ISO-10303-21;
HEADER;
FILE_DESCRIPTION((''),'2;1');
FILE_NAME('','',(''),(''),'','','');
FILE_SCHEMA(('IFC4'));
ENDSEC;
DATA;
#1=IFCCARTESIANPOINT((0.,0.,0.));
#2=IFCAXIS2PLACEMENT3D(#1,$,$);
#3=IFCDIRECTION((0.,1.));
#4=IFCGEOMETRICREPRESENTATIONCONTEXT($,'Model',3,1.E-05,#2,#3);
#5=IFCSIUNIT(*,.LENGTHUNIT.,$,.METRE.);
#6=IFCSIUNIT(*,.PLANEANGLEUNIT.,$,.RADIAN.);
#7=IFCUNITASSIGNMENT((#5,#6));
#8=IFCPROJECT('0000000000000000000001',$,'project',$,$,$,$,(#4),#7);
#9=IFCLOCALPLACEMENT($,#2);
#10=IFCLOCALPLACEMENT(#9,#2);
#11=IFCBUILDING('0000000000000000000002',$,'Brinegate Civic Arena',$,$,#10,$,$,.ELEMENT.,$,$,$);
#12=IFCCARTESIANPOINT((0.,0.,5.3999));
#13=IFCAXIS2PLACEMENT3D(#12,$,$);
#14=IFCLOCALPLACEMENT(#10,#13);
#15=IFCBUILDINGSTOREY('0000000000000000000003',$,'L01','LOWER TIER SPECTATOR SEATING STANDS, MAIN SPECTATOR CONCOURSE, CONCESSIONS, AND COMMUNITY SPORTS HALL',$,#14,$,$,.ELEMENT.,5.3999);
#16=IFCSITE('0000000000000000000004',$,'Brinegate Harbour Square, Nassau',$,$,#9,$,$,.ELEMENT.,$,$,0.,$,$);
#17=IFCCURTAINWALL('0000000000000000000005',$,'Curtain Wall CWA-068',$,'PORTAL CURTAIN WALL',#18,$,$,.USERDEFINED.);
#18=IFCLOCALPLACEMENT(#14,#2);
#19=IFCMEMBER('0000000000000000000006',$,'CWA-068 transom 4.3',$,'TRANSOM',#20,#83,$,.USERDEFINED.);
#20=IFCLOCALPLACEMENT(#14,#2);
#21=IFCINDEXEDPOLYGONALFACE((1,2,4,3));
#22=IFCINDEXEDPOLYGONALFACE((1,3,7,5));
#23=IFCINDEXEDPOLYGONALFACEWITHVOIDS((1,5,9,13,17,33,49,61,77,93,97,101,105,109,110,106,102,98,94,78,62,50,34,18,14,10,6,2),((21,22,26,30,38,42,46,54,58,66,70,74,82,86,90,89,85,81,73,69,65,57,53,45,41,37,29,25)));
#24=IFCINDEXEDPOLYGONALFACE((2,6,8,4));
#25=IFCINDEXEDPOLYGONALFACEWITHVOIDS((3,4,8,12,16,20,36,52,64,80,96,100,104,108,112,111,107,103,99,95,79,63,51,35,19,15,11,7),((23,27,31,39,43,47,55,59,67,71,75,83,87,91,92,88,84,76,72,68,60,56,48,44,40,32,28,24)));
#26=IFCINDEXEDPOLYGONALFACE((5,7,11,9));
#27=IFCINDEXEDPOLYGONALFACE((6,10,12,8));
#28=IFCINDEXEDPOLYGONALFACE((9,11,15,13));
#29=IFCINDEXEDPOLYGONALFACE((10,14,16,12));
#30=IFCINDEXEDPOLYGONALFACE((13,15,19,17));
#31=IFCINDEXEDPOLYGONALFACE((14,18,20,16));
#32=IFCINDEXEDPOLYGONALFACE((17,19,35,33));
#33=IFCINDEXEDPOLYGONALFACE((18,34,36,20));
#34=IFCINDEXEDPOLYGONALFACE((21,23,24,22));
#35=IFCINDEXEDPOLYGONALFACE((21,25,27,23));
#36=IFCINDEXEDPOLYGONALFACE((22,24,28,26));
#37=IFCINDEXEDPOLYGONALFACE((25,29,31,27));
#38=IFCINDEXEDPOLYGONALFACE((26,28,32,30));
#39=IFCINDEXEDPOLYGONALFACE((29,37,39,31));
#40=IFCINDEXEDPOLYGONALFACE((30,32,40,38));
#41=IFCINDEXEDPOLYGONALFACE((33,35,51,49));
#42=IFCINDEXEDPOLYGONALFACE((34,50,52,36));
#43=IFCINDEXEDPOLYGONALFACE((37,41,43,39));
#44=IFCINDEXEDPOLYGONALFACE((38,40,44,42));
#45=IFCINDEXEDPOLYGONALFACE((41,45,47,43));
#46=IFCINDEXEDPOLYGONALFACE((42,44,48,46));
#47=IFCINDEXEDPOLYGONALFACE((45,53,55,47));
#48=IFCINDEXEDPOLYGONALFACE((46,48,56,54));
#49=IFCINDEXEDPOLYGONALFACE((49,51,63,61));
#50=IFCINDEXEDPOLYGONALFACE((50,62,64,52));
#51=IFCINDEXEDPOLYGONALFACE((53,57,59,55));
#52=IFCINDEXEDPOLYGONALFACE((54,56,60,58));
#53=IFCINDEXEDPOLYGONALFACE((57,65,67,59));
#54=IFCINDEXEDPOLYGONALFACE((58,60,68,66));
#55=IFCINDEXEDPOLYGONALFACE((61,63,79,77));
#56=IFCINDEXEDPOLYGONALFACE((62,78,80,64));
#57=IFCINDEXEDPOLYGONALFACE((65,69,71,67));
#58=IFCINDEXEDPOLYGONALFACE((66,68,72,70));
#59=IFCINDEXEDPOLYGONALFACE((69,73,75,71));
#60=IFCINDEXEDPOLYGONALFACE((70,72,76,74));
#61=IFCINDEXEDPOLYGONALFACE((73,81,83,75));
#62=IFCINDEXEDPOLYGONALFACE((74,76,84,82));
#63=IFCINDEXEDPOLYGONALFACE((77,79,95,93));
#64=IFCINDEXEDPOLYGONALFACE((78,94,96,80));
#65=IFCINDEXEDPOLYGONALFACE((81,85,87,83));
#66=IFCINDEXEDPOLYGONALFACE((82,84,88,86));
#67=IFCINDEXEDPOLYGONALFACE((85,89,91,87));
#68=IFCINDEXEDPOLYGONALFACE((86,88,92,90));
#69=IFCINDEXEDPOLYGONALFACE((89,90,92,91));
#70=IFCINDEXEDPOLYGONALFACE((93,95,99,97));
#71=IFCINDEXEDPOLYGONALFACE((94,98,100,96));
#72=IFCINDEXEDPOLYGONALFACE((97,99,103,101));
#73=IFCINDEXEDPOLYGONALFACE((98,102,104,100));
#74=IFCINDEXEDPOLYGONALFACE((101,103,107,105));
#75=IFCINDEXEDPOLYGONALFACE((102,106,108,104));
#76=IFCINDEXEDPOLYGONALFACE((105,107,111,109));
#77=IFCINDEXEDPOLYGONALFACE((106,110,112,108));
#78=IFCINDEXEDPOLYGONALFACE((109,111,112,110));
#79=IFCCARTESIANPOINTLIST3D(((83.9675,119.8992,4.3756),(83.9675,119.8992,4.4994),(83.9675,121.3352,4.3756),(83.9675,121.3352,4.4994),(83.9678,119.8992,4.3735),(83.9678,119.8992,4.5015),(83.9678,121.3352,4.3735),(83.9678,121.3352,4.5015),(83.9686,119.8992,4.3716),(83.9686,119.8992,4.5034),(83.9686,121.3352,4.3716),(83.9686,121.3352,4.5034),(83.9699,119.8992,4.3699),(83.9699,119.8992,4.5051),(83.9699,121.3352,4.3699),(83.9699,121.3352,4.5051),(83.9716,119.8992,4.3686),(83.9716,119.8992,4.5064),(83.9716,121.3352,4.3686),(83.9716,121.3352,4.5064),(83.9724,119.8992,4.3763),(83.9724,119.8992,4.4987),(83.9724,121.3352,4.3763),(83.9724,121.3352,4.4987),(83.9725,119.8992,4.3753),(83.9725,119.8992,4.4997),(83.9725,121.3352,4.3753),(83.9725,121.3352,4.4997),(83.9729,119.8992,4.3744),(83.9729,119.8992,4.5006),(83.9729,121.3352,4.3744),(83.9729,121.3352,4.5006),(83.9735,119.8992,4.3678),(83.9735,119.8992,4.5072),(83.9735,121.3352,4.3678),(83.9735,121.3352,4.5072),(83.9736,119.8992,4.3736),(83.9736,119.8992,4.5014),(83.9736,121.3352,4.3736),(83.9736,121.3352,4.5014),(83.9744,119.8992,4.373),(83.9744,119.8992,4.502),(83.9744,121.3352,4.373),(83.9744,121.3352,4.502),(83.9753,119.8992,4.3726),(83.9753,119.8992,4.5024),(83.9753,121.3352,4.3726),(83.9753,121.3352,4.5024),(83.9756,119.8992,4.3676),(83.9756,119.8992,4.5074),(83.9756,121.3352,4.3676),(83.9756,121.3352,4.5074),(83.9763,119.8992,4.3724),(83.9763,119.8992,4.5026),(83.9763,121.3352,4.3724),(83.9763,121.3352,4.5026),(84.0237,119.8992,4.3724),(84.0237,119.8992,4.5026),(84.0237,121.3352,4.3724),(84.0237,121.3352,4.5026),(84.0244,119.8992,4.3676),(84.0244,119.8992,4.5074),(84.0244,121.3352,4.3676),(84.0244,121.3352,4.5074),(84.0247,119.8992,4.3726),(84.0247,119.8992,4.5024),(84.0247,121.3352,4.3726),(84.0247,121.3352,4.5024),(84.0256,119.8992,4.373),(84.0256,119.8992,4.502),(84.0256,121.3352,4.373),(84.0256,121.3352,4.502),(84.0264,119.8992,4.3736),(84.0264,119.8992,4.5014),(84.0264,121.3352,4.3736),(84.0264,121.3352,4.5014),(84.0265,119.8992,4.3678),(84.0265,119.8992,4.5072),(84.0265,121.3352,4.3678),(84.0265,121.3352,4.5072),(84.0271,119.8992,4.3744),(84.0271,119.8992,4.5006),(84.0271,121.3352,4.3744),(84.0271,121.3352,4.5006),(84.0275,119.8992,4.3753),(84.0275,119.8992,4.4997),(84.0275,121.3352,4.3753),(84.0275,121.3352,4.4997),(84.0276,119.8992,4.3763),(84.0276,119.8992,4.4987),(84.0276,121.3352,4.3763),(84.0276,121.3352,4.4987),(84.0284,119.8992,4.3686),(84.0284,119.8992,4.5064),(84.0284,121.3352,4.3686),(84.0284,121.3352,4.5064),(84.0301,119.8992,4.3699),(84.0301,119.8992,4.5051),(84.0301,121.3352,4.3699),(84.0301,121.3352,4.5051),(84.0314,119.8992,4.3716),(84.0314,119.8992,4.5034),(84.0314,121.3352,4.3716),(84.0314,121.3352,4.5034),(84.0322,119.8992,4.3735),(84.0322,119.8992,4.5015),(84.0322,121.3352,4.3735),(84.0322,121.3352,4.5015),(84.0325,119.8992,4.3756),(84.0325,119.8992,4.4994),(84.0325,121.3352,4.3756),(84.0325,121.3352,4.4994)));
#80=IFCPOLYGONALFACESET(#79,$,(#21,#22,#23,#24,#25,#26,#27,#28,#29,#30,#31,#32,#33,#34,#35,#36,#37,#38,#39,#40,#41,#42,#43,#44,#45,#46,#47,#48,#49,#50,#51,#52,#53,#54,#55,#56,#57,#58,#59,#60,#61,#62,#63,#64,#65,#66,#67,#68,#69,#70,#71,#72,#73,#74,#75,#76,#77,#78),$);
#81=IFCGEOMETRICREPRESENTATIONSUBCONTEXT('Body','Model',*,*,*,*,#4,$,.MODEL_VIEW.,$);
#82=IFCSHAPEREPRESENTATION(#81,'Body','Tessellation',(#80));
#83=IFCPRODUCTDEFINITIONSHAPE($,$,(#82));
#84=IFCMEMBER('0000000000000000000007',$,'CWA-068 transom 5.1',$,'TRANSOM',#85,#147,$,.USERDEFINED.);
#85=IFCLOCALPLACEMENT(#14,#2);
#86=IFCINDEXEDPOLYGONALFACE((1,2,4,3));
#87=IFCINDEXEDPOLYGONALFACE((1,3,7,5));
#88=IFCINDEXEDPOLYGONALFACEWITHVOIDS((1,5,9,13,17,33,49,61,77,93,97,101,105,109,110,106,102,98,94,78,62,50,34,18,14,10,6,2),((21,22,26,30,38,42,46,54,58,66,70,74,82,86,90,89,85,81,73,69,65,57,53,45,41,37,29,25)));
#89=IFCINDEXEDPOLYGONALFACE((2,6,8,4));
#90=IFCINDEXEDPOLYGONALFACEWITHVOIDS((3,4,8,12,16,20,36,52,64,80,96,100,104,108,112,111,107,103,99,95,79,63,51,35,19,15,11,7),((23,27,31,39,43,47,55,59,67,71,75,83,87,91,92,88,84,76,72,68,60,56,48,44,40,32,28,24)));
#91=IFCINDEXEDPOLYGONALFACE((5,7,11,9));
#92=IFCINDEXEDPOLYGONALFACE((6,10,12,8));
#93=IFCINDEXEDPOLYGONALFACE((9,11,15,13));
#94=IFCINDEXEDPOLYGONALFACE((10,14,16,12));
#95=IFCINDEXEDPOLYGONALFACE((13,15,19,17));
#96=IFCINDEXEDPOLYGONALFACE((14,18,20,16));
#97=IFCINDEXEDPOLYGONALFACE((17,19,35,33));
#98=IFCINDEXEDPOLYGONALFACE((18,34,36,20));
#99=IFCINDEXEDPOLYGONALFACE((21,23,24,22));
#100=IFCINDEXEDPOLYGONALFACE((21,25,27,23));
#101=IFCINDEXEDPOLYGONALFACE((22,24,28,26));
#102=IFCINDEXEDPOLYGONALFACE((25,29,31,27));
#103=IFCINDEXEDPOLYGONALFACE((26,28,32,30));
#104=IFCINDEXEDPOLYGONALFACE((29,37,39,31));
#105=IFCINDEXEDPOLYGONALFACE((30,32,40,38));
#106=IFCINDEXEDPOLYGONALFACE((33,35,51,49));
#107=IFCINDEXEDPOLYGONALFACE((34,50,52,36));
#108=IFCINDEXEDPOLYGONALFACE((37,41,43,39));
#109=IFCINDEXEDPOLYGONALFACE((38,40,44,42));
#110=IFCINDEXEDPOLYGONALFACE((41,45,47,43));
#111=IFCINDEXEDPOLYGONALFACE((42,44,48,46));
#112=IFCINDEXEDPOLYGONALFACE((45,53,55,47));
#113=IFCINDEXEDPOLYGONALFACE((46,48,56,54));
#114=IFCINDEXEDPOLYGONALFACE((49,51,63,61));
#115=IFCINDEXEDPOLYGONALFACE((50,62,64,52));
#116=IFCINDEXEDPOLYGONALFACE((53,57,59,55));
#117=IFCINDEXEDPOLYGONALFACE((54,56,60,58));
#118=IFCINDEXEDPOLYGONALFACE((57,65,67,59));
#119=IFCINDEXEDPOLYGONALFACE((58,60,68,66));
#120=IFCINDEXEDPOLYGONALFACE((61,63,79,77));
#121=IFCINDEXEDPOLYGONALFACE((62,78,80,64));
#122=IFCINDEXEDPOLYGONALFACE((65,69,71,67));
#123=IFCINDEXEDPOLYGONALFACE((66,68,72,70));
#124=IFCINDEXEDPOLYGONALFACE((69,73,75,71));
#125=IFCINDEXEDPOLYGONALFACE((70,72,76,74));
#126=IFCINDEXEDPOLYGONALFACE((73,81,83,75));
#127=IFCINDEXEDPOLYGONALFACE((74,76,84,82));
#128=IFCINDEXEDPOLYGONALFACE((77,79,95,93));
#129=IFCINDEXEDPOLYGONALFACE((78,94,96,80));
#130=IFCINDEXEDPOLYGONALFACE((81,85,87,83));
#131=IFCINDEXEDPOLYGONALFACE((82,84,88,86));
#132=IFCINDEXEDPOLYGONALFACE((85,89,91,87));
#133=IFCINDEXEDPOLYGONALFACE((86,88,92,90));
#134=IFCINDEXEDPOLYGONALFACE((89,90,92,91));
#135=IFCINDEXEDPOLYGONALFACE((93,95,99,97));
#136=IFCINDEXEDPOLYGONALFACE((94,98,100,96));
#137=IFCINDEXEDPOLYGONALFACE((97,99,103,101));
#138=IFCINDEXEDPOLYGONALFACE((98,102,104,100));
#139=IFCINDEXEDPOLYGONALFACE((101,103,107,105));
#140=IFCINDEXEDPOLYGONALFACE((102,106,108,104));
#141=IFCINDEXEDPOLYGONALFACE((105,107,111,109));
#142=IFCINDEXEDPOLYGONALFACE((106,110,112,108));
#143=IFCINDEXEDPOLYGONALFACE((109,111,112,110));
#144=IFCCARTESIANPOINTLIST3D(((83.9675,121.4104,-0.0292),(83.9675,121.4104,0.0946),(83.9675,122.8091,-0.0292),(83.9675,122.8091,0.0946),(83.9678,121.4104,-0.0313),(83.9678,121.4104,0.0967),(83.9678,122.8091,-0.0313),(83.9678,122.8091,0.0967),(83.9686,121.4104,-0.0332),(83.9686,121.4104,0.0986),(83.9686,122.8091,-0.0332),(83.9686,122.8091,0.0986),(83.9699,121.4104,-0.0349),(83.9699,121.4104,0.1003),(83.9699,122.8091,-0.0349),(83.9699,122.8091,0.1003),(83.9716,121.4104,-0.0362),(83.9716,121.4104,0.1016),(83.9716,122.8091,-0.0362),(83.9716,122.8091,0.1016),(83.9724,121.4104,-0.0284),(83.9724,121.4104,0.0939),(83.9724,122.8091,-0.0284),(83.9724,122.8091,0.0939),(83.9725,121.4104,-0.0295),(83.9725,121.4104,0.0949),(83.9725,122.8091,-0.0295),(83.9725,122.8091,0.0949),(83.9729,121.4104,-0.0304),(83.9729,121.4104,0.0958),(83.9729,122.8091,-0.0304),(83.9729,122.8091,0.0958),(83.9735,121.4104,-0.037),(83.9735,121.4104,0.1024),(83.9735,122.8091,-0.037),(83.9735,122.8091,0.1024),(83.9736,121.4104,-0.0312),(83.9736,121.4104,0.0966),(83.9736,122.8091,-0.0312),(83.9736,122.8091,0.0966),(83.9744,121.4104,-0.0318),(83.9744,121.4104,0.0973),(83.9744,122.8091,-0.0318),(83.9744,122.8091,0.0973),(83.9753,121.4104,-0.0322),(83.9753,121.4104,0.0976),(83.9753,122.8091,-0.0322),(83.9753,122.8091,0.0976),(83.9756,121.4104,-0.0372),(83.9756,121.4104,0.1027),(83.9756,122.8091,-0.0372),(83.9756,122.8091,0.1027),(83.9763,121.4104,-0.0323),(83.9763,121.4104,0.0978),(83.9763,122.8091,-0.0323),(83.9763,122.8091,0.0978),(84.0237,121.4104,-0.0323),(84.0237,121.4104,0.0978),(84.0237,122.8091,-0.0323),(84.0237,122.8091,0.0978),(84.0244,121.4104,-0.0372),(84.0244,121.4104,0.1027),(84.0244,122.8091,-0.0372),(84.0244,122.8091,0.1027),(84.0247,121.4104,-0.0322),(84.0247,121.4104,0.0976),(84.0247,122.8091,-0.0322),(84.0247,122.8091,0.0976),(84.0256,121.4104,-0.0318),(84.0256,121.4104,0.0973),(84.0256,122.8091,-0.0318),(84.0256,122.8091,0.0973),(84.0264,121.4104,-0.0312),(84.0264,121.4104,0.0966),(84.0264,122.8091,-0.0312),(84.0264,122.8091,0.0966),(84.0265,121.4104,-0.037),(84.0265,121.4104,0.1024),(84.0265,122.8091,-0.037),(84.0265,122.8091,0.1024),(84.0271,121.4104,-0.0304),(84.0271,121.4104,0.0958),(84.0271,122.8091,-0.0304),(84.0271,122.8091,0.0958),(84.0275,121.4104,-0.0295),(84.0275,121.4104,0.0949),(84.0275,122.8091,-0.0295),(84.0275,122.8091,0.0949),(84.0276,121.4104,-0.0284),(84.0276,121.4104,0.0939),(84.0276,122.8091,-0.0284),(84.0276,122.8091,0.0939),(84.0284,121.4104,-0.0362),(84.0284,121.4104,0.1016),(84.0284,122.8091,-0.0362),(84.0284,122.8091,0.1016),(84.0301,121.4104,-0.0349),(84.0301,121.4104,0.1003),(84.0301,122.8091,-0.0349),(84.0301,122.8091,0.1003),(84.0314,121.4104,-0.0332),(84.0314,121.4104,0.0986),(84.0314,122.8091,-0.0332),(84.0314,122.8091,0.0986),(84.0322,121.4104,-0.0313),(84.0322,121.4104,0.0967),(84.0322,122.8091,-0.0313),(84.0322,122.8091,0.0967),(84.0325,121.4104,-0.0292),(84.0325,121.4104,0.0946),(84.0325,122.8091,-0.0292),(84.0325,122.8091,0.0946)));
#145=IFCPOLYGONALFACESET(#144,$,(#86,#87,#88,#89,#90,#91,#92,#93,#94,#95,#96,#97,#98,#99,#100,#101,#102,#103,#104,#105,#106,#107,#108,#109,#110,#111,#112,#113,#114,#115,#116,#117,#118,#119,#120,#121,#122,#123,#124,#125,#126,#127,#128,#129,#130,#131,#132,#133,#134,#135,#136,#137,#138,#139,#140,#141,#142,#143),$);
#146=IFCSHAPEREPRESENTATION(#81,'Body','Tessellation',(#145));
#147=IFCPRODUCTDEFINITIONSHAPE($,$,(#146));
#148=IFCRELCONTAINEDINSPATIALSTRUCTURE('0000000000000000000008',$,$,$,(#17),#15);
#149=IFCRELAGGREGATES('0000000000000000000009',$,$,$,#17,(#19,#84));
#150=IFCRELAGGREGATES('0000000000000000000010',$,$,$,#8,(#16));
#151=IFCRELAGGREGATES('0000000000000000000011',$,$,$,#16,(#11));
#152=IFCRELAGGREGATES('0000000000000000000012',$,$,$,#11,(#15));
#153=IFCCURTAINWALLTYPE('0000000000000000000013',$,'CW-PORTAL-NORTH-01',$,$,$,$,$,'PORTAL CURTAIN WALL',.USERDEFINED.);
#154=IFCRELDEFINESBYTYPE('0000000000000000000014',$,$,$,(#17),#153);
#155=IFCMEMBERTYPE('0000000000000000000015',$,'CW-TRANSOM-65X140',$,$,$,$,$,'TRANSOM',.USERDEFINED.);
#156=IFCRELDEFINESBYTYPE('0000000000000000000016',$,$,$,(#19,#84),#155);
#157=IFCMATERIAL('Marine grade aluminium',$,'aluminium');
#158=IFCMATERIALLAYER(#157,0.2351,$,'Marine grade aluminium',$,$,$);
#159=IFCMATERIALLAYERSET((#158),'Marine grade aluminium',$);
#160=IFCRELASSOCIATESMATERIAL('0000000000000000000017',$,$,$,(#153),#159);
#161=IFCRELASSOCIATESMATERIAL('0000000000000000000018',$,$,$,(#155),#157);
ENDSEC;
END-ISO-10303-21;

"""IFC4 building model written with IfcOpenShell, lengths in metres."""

from ifc_helpers import new_model, si_unit, direction, frame, origin, origin_2d, place, context, subcontext, project, spatial, hollow_rectangle, extrude, material, layer, layer_set, material_profile, profile_set, type_object, element, aggregate, save


model = new_model("IFC4")

# Units and contexts
model_context = context("Model", 3, precision=1e-05, world=origin(), true_north=direction((0.0, 1.0)))
body_context = subcontext(model_context, "Body", "Model", "MODEL_VIEW")
ifc_project = project(units=[si_unit("LENGTHUNIT", "METRE"), si_unit("PLANEANGLEUNIT", "RADIAN")], contexts=[model_context])

# Site, building, storey
site_placement = place(None, origin())
site = spatial("IfcSite", under=ifc_project, at=site_placement, Name="Brinegate Harbour Square, Nassau", CompositionType="ELEMENT", RefElevation=0.0)
building_placement = place(site_placement, origin())
building = spatial("IfcBuilding", under=site, at=building_placement, Name="Brinegate Civic Arena", CompositionType="ELEMENT")
storey_placement = place(building_placement, frame((0.0, 0.0, 5.3999)))
storey = spatial("IfcBuildingStorey", under=building, at=storey_placement, Name="L01", Description="LOWER TIER SPECTATOR SEATING STANDS, MAIN SPECTATOR CONCOURSE, CONCESSIONS, AND COMMUNITY SPORTS HALL", CompositionType="ELEMENT", Elevation=5.3999)

# Curtain wall, members
ifc_material_1 = material(Name="Marine grade aluminium", Category="aluminium")
ifc_layer_1 = layer(ifc_material_1, 0.2351, Name="Marine grade aluminium")
ifc_layer_set_1 = layer_set([ifc_layer_1], Name="Marine grade aluminium")
curtain_wall_type = type_object("IfcCurtainWallType", Name="CW-PORTAL-NORTH-01", ElementType="PORTAL CURTAIN WALL", PredefinedType="USERDEFINED", material=ifc_layer_set_1)
curtain_wall_placement = place(storey_placement, origin())
curtain_wall = element("IfcCurtainWall", 1, at=curtain_wall_placement, inside=storey, type_object=curtain_wall_type, Name="Curtain Wall CWA-068", ObjectType="PORTAL CURTAIN WALL", PredefinedType="USERDEFINED")
ifc_material_profile_1 = material_profile(ifc_material_1, hollow_rectangle(XDim=0.0649, YDim=0.1399, WallThickness=0.0049, InnerFilletRadius=0.0039, OuterFilletRadius=0.0081, at=origin_2d()), Name="TRN65X140")
ifc_profile_set_1 = profile_set([ifc_material_profile_1], Name="Marine grade aluminium")
member_type_1 = type_object("IfcMemberType", Name="CW-TRANSOM-65X140", ElementType="TRANSOM", PredefinedType="USERDEFINED", material=ifc_profile_set_1)
member_1_placement = place(storey_placement, frame((84.0, 119.8992, 4.4375), z_axis=(0.0, 1.0, 0.0), x_axis=(-1.0, 0.0, 0.0)))
member_1 = element("IfcMember", 2, at=member_1_placement, type_object=member_type_1, Name="CWA-068 transom 4.3", ObjectType="TRANSOM", PredefinedType="USERDEFINED", context=body_context, shape_type="SweptSolid", body=[
    extrude(hollow_rectangle(XDim=0.0649, YDim=0.1399, WallThickness=0.0049, InnerFilletRadius=0.0039, OuterFilletRadius=0.0081, at=origin_2d()), origin(), (0.0, 0.0, 1.0), 1.436),
])
member_2_placement = place(storey_placement, frame((84.0, 121.4104, 0.0327), z_axis=(0.0, 1.0, 0.0), x_axis=(-1.0, 0.0, 0.0)))
member_2 = element("IfcMember", 3, at=member_2_placement, type_object=member_type_1, Name="CWA-068 transom 5.1", ObjectType="TRANSOM", PredefinedType="USERDEFINED", context=body_context, shape_type="SweptSolid", body=[
    extrude(hollow_rectangle(XDim=0.0649, YDim=0.1399, WallThickness=0.0049, InnerFilletRadius=0.0039, OuterFilletRadius=0.0081, at=origin_2d()), origin(), (0.0, 0.0, 1.0), 1.3987),
])
aggregate(curtain_wall, [member_1, member_2])

save(model, "model.ifc")
